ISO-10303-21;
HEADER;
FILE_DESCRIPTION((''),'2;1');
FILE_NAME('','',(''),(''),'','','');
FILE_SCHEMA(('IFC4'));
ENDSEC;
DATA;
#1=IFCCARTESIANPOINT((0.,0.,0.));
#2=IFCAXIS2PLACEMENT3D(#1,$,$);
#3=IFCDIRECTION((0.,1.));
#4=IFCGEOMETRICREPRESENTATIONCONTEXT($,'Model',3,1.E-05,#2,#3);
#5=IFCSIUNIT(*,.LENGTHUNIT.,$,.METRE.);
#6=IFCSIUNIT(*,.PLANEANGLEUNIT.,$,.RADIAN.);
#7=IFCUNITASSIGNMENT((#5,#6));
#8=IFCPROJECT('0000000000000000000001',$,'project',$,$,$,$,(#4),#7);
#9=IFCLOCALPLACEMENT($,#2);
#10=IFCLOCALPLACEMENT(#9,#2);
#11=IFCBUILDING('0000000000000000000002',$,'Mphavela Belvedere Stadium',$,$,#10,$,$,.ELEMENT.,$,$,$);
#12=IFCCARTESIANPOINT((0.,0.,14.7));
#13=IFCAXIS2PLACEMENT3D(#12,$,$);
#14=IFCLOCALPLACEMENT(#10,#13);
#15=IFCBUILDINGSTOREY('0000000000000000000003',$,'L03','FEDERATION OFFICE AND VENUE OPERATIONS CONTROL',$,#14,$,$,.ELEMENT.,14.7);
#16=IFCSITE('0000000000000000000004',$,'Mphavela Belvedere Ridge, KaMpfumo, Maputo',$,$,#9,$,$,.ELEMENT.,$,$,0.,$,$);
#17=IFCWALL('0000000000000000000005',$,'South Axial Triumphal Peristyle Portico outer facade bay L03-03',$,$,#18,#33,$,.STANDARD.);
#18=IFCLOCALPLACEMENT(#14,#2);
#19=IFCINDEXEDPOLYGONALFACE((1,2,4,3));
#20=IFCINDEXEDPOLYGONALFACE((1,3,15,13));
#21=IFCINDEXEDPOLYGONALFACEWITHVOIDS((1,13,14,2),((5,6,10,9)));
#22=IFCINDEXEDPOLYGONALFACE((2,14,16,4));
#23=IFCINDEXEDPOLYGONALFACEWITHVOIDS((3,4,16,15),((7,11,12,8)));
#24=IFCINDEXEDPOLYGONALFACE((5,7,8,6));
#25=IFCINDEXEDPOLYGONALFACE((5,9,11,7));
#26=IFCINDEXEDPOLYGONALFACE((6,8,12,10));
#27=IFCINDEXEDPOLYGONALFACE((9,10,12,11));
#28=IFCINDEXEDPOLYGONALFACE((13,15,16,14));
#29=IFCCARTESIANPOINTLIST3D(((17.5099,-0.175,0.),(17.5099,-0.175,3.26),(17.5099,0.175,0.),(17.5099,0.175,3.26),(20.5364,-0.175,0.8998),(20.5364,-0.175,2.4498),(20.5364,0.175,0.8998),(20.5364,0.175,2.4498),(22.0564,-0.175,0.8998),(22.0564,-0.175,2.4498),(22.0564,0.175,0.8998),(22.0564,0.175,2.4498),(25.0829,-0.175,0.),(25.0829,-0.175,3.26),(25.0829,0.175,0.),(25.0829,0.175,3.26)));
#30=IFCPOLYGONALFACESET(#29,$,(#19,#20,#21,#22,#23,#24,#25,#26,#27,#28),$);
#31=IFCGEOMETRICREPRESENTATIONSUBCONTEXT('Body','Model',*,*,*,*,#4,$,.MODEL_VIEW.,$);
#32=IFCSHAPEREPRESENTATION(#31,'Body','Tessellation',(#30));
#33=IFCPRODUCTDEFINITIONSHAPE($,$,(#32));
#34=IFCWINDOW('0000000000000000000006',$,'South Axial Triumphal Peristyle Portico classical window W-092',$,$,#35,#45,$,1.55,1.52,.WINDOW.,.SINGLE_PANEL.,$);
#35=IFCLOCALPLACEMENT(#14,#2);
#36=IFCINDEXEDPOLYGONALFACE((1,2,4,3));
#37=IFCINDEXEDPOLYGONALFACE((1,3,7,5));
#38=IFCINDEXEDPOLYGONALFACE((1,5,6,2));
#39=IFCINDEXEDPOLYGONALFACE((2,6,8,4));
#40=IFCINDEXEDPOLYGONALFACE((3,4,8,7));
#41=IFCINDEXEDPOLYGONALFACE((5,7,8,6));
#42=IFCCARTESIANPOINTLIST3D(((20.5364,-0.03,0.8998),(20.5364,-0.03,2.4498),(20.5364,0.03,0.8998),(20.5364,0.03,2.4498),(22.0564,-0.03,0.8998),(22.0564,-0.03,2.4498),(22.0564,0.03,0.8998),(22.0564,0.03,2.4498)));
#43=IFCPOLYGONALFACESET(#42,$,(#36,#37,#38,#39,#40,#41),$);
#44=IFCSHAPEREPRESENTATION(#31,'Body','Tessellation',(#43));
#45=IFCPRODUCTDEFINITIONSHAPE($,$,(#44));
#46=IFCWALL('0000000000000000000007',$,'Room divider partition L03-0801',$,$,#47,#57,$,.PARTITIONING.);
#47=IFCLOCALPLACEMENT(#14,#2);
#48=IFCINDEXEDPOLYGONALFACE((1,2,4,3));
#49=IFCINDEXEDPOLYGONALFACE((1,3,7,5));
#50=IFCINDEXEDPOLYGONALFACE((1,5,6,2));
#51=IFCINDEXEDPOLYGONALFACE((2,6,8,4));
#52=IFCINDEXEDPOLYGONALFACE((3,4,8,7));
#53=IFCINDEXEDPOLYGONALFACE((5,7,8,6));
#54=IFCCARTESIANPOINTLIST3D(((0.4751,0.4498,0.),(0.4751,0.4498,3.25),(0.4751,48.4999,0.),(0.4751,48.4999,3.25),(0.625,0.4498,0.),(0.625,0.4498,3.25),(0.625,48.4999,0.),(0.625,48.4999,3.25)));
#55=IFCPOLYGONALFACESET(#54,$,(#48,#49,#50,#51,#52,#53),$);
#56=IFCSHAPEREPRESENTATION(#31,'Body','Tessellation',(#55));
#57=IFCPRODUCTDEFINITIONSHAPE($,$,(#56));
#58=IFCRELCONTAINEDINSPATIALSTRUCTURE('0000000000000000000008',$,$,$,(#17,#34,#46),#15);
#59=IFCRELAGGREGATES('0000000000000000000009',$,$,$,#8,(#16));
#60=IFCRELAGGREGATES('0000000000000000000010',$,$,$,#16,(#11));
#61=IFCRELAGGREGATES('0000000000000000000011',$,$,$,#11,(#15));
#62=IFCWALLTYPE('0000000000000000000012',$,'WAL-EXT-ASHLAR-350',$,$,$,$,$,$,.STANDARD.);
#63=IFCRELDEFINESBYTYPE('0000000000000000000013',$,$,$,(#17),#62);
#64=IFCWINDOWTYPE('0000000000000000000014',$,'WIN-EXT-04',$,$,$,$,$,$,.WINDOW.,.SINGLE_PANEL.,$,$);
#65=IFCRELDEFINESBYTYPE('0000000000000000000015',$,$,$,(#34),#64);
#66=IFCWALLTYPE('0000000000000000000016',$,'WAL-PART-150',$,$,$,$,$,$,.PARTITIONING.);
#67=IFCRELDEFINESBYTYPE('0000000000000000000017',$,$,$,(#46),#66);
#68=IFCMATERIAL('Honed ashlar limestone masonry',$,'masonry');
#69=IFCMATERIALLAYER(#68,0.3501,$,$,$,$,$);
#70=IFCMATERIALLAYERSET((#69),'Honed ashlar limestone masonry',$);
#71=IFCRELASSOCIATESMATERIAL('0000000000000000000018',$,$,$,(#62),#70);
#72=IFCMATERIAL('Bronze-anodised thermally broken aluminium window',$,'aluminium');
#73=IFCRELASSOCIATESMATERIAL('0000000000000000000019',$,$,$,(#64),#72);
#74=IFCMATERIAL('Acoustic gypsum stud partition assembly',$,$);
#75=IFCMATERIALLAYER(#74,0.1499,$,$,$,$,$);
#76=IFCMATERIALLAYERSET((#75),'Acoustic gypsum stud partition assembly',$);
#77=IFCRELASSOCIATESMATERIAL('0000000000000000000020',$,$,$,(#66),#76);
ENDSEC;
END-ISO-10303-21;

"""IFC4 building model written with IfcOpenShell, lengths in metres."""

from ifc_helpers import new_model, si_unit, direction, frame, frame_2d, origin, place, context, subcontext, project, spatial, rectangle, extrude, material, layer, layer_set, type_object, element, fill, save


model = new_model("IFC4")

# Units and contexts
model_context = context("Model", 3, precision=1e-05, world=origin(), true_north=direction((0.0, 1.0)))
body_context = subcontext(model_context, "Body", "Model", "MODEL_VIEW")
ifc_project = project(units=[si_unit("LENGTHUNIT", "METRE"), si_unit("PLANEANGLEUNIT", "RADIAN")], contexts=[model_context])

# Site, building, storey
site_placement = place(None, origin())
site = spatial("IfcSite", under=ifc_project, at=site_placement, Name="Mphavela Belvedere Ridge, KaMpfumo, Maputo", CompositionType="ELEMENT", RefElevation=0.0)
building_placement = place(site_placement, origin())
building = spatial("IfcBuilding", under=site, at=building_placement, Name="Mphavela Belvedere Stadium", CompositionType="ELEMENT")
storey_placement = place(building_placement, frame((0.0, 0.0, 14.7)))
storey = spatial("IfcBuildingStorey", under=building, at=storey_placement, Name="L03", Description="FEDERATION OFFICE AND VENUE OPERATIONS CONTROL", CompositionType="ELEMENT", Elevation=14.7)

# Wall, opening, window
ifc_material_1 = material(Name="Honed ashlar limestone masonry", Category="masonry")
ifc_layer_1 = layer(ifc_material_1, 0.3501)
ifc_layer_set_1 = layer_set([ifc_layer_1], Name="Honed ashlar limestone masonry")
wall_type_1 = type_object("IfcWallType", Name="WAL-EXT-ASHLAR-350", PredefinedType="STANDARD", material=ifc_layer_set_1)
wall_1_placement = place(storey_placement, frame((25.083, 0.0, 0.0), z_axis=(0.0, 0.0, 1.0), x_axis=(-1.0, 0.0, 0.0)))
wall_1 = element("IfcWall", 1, at=wall_1_placement, inside=storey, type_object=wall_type_1, Name="South Axial Triumphal Peristyle Portico outer facade bay L03-03", PredefinedType="STANDARD", context=body_context, shape_type="SweptSolid", body=[
    extrude(rectangle(XDim=7.573, YDim=0.3501, at=frame_2d((3.7866, 0.0))), origin(), (0.0, 0.0, 1.0), 3.26),
])
opening_1_placement = place(wall_1_placement, frame((3.0266, 0.0, 0.8999)))
opening_1 = element("IfcOpeningElement", 2, at=opening_1_placement, cuts=wall_1, PredefinedType="OPENING", context=body_context, shape_type="SweptSolid", body=[
    extrude(rectangle(XDim=1.52, YDim=1.55, at=frame_2d((0.76, 0.7749))), frame((0.0, 0.1851, 0.0), z_axis=(0.0, -1.0, 0.0), x_axis=(1.0, 0.0, 0.0)), (0.0, 0.0, 1.0), 0.3701),
])
ifc_material_2 = material(Name="Bronze-anodised thermally broken aluminium window", Category="aluminium")
window_type_1 = type_object("IfcWindowType", Name="WIN-EXT-04", PartitioningType="SINGLE_PANEL", PredefinedType="WINDOW", material=ifc_material_2)
window_1_placement = place(opening_1_placement, origin())
window_1 = element("IfcWindow", 3, at=window_1_placement, inside=storey, type_object=window_type_1, Name="South Axial Triumphal Peristyle Portico classical window W-092", OverallHeight=1.55, OverallWidth=1.52, PartitioningType="SINGLE_PANEL", PredefinedType="WINDOW", context=body_context, shape_type="SweptSolid", body=[
    extrude(rectangle(XDim=1.52, YDim=1.55, at=frame_2d((0.76, 0.7749))), frame((0.0, 0.03, 0.0), z_axis=(0.0, -1.0, 0.0), x_axis=(1.0, 0.0, 0.0)), (0.0, 0.0, 1.0), 0.0601),
])
fill(opening_1, window_1)

# Wall
ifc_material_3 = material(Name="Acoustic gypsum stud partition assembly")
ifc_layer_2 = layer(ifc_material_3, 0.1499)
ifc_layer_set_2 = layer_set([ifc_layer_2], Name="Acoustic gypsum stud partition assembly")
wall_type_2 = type_object("IfcWallType", Name="WAL-PART-150", PredefinedType="PARTITIONING", material=ifc_layer_set_2)
wall_2_placement = place(storey_placement, frame((0.55, 0.45, 0.0), z_axis=(0.0, 0.0, 1.0), x_axis=(0.0, 1.0, 0.0)))
element("IfcWall", 4, at=wall_2_placement, inside=storey, type_object=wall_type_2, Name="Room divider partition L03-0801", PredefinedType="PARTITIONING", context=body_context, shape_type="SweptSolid", body=[
    extrude(rectangle(XDim=48.05, YDim=0.1499, at=frame_2d((24.0249, 0.0))), origin(), (0.0, 0.0, 1.0), 3.25),
])

save(model, "model.ifc")
